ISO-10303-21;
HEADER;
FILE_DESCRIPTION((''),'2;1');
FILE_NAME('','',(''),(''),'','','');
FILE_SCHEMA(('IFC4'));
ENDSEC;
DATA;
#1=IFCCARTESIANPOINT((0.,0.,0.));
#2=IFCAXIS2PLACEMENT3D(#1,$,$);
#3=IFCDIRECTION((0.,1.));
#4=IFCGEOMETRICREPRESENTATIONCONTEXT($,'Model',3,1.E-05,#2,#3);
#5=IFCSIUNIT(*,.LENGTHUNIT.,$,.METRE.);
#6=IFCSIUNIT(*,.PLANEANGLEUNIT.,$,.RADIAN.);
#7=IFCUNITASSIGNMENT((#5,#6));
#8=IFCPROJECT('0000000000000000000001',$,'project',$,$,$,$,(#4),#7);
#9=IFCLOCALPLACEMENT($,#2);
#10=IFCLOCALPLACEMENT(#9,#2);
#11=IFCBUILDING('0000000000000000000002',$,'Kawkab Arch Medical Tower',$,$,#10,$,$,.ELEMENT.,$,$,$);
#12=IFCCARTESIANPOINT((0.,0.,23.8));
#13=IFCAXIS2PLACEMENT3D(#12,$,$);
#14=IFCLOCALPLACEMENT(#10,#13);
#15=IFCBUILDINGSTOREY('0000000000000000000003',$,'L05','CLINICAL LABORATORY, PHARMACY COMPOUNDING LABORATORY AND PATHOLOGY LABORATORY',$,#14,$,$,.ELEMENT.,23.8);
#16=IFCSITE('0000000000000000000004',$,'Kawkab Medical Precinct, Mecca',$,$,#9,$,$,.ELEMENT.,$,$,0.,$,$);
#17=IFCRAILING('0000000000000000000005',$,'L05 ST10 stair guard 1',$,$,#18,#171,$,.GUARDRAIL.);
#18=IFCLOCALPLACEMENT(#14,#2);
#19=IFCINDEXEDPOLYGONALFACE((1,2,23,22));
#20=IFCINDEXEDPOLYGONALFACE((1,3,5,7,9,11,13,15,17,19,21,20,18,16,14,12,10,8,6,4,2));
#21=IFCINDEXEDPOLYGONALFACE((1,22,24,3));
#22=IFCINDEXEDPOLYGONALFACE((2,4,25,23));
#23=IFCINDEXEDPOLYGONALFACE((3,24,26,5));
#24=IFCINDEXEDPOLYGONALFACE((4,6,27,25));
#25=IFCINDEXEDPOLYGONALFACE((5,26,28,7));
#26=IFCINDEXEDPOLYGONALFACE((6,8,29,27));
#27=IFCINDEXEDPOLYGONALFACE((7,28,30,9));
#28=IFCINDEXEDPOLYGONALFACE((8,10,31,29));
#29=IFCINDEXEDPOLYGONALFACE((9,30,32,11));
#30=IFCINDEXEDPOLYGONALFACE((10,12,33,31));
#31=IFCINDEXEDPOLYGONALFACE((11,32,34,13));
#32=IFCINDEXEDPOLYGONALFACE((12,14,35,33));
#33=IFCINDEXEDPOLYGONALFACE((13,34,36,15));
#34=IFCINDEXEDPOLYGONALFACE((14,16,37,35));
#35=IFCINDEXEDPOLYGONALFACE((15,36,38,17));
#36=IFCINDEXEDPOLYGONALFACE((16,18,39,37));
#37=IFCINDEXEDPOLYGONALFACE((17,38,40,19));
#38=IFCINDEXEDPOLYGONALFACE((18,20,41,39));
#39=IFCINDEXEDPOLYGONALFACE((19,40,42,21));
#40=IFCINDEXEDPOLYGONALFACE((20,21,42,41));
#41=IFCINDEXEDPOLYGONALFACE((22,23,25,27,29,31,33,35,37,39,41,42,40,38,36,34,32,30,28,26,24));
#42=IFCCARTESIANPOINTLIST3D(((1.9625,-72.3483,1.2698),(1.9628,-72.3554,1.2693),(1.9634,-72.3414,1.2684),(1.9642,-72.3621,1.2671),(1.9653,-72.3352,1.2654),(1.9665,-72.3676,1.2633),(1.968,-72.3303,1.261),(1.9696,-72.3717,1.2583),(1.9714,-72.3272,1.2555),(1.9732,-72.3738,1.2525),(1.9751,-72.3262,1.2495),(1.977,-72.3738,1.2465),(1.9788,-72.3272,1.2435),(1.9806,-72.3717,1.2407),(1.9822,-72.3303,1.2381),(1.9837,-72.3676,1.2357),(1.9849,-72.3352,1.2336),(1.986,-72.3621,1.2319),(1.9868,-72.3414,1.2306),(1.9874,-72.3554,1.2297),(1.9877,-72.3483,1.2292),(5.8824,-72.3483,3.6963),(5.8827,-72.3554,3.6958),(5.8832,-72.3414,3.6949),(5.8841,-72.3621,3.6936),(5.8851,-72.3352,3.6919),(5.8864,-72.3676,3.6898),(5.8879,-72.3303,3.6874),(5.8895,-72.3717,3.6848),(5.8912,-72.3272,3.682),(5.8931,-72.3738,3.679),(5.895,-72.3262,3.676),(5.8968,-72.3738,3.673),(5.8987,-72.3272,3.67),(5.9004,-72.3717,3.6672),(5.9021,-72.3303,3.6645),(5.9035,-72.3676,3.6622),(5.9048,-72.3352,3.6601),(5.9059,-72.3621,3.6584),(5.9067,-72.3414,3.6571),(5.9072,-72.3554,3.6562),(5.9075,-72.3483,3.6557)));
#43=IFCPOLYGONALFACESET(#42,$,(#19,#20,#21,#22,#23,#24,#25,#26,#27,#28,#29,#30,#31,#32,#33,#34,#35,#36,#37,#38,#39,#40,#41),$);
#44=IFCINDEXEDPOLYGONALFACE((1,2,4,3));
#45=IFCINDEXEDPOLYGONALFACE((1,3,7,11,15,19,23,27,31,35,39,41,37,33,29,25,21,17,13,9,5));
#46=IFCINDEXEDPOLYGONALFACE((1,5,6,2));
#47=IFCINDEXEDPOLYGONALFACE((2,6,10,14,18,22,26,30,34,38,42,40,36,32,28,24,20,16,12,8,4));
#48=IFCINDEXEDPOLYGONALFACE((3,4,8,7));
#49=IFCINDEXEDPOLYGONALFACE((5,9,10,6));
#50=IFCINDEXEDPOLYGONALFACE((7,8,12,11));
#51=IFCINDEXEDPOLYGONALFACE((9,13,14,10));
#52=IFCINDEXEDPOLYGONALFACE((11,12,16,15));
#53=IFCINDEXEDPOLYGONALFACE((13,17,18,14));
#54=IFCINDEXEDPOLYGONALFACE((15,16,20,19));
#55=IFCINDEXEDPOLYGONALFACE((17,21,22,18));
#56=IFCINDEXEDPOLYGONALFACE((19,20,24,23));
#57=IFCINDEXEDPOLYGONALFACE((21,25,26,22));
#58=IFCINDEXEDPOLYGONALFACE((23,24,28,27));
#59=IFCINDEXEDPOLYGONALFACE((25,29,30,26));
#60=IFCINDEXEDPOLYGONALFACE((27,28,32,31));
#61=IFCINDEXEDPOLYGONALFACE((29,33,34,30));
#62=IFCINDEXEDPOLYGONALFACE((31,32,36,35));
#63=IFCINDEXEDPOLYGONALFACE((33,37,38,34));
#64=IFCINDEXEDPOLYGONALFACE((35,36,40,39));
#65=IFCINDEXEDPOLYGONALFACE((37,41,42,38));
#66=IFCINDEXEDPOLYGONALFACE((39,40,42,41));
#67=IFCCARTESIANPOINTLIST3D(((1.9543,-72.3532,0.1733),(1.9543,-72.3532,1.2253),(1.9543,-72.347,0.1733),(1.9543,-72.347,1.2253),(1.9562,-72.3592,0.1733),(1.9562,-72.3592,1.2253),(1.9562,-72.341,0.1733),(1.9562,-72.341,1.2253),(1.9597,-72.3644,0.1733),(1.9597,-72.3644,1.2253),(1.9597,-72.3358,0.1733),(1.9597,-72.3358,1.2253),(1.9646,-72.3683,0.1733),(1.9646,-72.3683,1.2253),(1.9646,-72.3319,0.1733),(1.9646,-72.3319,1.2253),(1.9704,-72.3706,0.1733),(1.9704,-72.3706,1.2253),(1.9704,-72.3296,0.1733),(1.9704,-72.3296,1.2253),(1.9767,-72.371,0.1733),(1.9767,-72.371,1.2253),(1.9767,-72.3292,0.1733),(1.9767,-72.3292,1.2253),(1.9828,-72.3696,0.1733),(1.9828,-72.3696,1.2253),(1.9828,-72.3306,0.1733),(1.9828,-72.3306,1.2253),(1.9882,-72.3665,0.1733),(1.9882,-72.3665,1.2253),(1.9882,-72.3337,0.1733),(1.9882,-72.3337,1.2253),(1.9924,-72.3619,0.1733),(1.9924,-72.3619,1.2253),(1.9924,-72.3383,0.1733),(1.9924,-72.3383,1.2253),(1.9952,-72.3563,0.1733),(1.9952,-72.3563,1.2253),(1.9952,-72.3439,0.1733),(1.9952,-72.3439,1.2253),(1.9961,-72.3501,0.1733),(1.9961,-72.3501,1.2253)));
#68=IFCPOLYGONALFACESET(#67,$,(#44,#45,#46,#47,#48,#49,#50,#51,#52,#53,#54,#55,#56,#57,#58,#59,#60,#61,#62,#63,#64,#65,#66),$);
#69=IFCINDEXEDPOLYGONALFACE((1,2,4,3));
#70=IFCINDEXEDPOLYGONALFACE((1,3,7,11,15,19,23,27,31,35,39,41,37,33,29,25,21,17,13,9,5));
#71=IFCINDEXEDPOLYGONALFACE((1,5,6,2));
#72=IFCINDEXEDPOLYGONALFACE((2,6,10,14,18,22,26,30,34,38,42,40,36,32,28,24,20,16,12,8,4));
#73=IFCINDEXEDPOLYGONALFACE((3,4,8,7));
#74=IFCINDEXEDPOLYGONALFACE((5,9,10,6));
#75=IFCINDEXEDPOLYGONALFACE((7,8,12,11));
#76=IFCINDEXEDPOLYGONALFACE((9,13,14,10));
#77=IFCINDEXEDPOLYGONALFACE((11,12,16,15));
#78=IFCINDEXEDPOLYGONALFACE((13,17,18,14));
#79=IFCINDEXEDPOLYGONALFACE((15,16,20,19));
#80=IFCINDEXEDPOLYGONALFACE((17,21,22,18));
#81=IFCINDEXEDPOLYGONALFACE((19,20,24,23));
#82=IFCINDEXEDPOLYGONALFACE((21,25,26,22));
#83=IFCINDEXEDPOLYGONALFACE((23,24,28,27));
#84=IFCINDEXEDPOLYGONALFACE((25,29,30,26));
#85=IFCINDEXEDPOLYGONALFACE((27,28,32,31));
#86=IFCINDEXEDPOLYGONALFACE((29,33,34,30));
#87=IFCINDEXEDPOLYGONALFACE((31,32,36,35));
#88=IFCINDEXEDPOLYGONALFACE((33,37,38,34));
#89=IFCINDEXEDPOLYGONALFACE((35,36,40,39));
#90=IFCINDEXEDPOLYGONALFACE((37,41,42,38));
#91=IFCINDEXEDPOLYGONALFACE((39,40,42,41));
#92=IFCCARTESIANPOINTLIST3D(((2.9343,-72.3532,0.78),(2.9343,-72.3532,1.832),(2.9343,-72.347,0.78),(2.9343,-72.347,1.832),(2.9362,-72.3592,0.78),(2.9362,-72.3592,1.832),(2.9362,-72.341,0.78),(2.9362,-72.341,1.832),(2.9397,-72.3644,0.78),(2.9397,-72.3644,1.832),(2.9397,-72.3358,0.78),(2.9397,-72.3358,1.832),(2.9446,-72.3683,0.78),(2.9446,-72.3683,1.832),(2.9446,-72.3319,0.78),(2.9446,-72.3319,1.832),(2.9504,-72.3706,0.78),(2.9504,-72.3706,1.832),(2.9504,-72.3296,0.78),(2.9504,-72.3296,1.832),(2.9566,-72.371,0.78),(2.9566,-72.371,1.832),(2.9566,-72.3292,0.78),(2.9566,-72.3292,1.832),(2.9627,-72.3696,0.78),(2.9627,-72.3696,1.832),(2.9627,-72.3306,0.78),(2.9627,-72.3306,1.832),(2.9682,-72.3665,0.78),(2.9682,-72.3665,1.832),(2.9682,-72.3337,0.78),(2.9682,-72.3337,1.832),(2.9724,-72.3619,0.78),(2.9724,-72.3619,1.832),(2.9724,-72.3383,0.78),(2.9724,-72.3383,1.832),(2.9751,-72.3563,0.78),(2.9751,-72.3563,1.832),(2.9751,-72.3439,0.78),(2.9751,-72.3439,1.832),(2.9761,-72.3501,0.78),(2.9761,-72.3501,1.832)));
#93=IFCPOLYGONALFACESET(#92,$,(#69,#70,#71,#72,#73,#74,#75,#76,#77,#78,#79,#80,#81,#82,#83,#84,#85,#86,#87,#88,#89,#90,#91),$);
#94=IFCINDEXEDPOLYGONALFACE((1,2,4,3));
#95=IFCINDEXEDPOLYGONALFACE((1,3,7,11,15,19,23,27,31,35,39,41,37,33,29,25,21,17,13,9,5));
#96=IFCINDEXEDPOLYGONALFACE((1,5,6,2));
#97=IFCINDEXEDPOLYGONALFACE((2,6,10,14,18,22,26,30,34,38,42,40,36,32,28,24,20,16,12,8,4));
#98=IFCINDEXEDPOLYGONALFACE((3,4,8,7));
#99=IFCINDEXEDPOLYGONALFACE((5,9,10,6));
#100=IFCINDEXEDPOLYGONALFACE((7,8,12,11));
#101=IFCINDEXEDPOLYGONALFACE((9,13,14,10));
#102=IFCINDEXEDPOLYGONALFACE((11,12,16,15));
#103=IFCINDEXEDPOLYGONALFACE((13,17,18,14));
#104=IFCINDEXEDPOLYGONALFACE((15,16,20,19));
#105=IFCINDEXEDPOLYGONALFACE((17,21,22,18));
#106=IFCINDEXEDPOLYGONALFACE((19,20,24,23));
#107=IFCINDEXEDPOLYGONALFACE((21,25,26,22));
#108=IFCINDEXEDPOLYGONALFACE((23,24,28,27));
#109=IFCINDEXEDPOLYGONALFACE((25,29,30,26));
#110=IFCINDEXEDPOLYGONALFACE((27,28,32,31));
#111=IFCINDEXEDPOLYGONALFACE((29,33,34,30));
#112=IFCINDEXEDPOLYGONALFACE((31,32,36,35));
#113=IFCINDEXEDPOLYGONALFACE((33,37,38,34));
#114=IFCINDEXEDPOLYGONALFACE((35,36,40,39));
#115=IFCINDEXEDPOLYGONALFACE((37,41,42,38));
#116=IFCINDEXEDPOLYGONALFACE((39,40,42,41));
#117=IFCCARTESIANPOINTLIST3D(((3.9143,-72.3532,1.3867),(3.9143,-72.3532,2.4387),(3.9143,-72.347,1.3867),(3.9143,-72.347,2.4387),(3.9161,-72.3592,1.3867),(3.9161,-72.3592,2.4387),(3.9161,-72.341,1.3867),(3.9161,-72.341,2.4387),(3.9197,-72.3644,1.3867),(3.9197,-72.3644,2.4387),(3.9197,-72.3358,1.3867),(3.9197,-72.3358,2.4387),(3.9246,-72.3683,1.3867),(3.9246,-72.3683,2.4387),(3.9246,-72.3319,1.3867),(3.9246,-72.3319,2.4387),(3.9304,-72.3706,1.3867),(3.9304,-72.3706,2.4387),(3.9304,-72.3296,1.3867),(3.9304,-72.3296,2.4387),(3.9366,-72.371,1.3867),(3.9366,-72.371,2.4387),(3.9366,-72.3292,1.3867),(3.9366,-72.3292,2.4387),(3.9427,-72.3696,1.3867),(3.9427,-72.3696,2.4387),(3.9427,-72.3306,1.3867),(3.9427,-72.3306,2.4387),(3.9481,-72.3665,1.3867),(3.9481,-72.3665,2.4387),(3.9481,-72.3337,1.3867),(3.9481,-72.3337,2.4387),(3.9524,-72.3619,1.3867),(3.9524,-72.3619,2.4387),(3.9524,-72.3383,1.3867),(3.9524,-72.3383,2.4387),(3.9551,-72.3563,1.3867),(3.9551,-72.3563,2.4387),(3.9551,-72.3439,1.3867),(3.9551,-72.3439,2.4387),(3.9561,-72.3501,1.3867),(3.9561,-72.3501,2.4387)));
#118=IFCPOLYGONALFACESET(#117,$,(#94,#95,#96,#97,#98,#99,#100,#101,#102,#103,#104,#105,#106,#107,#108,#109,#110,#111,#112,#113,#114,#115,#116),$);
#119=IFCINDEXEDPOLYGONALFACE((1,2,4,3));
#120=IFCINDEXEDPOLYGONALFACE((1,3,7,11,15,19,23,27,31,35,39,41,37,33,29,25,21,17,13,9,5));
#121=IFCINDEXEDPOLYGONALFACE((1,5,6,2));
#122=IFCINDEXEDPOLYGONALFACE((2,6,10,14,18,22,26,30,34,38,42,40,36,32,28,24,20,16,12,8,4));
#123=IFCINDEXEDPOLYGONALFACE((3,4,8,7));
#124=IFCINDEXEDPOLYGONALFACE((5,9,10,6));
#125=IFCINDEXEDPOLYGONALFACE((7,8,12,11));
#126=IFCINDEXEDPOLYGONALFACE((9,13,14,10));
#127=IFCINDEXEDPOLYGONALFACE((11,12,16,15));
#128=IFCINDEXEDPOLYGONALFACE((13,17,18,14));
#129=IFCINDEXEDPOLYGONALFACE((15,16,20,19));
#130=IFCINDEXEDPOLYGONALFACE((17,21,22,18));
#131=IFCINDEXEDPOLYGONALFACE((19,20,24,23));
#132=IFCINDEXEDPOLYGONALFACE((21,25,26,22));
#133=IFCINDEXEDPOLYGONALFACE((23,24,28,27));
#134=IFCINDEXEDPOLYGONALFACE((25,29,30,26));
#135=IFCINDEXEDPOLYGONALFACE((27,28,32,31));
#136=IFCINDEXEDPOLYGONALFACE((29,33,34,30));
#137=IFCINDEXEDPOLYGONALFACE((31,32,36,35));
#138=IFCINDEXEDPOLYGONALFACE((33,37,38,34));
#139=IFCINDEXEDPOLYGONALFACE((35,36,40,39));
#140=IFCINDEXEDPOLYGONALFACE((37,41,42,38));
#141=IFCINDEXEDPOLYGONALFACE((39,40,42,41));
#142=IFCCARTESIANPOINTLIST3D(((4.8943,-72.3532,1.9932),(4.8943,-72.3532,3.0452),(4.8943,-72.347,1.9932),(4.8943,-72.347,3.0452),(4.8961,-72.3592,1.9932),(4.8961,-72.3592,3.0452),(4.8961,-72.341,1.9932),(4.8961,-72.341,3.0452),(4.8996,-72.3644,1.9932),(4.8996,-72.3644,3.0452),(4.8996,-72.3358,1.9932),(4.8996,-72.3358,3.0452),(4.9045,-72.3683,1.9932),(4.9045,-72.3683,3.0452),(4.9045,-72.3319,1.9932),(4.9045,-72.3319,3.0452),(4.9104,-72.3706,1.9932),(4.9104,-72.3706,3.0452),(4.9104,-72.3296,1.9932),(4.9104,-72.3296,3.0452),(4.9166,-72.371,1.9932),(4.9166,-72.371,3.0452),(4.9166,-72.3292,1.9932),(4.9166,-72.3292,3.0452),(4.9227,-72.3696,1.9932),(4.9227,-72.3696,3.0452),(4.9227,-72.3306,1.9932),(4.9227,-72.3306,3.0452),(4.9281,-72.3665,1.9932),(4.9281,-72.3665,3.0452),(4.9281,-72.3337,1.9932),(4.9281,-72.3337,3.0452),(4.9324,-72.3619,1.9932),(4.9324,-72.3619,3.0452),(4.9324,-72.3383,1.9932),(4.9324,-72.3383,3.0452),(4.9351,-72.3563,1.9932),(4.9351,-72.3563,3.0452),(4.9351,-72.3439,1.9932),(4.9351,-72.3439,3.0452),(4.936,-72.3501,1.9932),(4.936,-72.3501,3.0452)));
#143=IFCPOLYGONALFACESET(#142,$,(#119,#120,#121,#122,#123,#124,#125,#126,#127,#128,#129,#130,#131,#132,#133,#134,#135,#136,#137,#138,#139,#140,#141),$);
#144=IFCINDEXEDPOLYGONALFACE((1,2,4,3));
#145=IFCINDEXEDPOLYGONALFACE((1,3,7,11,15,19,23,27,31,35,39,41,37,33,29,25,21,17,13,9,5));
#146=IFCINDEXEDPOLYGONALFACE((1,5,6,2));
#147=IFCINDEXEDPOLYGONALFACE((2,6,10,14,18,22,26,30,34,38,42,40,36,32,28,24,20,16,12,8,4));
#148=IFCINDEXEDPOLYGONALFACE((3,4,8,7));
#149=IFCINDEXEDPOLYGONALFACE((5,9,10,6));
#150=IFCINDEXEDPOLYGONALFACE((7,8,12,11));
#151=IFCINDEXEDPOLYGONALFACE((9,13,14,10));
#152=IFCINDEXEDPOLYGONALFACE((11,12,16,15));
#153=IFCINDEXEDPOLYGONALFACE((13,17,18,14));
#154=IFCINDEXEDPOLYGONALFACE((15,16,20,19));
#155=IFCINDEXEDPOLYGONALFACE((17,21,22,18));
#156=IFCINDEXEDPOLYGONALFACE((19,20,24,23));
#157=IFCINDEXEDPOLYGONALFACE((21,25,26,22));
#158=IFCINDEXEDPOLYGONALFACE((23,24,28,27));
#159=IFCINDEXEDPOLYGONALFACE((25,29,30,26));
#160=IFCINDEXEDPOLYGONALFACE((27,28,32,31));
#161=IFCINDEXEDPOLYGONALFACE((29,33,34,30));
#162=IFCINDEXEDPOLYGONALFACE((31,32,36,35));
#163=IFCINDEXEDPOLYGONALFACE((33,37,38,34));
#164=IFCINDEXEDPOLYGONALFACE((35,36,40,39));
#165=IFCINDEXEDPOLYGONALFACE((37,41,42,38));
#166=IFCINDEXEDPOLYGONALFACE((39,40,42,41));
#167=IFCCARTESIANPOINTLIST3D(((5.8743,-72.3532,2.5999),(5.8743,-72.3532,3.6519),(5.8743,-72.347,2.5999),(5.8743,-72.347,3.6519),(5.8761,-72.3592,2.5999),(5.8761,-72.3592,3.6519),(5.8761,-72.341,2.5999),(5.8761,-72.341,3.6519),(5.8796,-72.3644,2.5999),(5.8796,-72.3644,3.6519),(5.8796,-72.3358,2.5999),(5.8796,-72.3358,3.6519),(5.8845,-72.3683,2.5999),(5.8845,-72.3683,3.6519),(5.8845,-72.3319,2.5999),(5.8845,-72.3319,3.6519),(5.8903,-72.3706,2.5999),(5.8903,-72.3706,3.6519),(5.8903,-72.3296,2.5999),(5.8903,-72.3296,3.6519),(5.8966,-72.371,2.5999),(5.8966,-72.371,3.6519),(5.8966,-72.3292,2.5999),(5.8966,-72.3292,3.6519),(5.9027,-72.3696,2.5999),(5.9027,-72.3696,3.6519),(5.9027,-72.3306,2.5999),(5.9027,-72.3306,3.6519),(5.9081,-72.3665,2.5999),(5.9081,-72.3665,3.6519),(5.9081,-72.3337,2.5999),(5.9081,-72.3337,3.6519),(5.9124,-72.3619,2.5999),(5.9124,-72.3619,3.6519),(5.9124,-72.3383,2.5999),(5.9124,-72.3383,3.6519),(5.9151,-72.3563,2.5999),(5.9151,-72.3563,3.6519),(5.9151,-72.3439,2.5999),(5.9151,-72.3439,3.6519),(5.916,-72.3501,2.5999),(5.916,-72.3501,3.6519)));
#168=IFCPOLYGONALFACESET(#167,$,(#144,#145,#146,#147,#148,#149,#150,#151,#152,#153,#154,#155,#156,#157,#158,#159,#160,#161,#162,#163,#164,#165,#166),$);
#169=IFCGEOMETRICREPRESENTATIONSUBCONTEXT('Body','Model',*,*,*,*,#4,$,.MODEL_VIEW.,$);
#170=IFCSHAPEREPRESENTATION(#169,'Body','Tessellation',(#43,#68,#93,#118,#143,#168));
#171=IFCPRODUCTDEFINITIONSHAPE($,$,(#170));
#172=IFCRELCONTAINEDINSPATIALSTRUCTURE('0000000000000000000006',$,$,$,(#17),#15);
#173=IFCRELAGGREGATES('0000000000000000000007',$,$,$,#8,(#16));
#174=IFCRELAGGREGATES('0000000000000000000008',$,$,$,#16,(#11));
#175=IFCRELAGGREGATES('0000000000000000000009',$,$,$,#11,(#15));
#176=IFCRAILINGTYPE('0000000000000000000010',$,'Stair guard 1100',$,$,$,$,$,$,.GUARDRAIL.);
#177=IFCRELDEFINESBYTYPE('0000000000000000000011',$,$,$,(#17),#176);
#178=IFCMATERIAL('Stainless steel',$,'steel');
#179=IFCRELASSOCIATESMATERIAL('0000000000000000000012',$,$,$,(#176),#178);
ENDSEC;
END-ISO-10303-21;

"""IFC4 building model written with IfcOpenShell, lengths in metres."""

from ifc_helpers import new_model, si_unit, direction, frame, origin, origin_2d, place, context, subcontext, project, spatial, circle, extrude, material, type_object, element, save


model = new_model("IFC4")

# Units and contexts
model_context = context("Model", 3, precision=1e-05, world=origin(), true_north=direction((0.0, 1.0)))
body_context = subcontext(model_context, "Body", "Model", "MODEL_VIEW")
ifc_project = project(units=[si_unit("LENGTHUNIT", "METRE"), si_unit("PLANEANGLEUNIT", "RADIAN")], contexts=[model_context])

# Site, building, storey
site_placement = place(None, origin())
site = spatial("IfcSite", under=ifc_project, at=site_placement, Name="Kawkab Medical Precinct, Mecca", CompositionType="ELEMENT", RefElevation=0.0)
building_placement = place(site_placement, origin())
building = spatial("IfcBuilding", under=site, at=building_placement, Name="Kawkab Arch Medical Tower", CompositionType="ELEMENT")
storey_placement = place(building_placement, frame((0.0, 0.0, 23.8)))
storey = spatial("IfcBuildingStorey", under=building, at=storey_placement, Name="L05", Description="CLINICAL LABORATORY, PHARMACY COMPOUNDING LABORATORY AND PATHOLOGY LABORATORY", CompositionType="ELEMENT", Elevation=23.8)

# Railing
ifc_material_1 = material(Name="Stainless steel", Category="steel")
railing_type = type_object("IfcRailingType", Name="Stair guard 1100", PredefinedType="GUARDRAIL", material=ifc_material_1)
railing_1_placement = place(storey_placement, frame((1.9751, -72.3501, 0.1733)))
element("IfcRailing", 1, at=railing_1_placement, inside=storey, type_object=railing_type, Name="L05 ST10 stair guard 1", PredefinedType="GUARDRAIL", context=body_context, shape_type="SweptSolid", body=[
    extrude(circle(Radius=0.0239, at=origin_2d()), frame((0.0, 0.0, 1.0762), z_axis=(0.850275, 0.0, 0.526338), x_axis=(0.0, 1.0, 0.0)), (0.0, 0.0, 1.0), 4.6101),
    extrude(circle(Radius=0.021, at=origin_2d()), origin(), (0.0, 0.0, 1.0), 1.052),
    extrude(circle(Radius=0.021, at=origin_2d()), frame((0.98, 0.0, 0.6067)), (0.0, 0.0, 1.0), 1.052),
    extrude(circle(Radius=0.021, at=origin_2d()), frame((1.96, 0.0, 1.2134)), (0.0, 0.0, 1.0), 1.052),
    extrude(circle(Radius=0.021, at=origin_2d()), frame((2.9399, 0.0, 1.8198)), (0.0, 0.0, 1.0), 1.052),
    extrude(circle(Radius=0.021, at=origin_2d()), frame((3.9199, 0.0, 2.4265)), (0.0, 0.0, 1.0), 1.052),
])

save(model, "model.ifc")
